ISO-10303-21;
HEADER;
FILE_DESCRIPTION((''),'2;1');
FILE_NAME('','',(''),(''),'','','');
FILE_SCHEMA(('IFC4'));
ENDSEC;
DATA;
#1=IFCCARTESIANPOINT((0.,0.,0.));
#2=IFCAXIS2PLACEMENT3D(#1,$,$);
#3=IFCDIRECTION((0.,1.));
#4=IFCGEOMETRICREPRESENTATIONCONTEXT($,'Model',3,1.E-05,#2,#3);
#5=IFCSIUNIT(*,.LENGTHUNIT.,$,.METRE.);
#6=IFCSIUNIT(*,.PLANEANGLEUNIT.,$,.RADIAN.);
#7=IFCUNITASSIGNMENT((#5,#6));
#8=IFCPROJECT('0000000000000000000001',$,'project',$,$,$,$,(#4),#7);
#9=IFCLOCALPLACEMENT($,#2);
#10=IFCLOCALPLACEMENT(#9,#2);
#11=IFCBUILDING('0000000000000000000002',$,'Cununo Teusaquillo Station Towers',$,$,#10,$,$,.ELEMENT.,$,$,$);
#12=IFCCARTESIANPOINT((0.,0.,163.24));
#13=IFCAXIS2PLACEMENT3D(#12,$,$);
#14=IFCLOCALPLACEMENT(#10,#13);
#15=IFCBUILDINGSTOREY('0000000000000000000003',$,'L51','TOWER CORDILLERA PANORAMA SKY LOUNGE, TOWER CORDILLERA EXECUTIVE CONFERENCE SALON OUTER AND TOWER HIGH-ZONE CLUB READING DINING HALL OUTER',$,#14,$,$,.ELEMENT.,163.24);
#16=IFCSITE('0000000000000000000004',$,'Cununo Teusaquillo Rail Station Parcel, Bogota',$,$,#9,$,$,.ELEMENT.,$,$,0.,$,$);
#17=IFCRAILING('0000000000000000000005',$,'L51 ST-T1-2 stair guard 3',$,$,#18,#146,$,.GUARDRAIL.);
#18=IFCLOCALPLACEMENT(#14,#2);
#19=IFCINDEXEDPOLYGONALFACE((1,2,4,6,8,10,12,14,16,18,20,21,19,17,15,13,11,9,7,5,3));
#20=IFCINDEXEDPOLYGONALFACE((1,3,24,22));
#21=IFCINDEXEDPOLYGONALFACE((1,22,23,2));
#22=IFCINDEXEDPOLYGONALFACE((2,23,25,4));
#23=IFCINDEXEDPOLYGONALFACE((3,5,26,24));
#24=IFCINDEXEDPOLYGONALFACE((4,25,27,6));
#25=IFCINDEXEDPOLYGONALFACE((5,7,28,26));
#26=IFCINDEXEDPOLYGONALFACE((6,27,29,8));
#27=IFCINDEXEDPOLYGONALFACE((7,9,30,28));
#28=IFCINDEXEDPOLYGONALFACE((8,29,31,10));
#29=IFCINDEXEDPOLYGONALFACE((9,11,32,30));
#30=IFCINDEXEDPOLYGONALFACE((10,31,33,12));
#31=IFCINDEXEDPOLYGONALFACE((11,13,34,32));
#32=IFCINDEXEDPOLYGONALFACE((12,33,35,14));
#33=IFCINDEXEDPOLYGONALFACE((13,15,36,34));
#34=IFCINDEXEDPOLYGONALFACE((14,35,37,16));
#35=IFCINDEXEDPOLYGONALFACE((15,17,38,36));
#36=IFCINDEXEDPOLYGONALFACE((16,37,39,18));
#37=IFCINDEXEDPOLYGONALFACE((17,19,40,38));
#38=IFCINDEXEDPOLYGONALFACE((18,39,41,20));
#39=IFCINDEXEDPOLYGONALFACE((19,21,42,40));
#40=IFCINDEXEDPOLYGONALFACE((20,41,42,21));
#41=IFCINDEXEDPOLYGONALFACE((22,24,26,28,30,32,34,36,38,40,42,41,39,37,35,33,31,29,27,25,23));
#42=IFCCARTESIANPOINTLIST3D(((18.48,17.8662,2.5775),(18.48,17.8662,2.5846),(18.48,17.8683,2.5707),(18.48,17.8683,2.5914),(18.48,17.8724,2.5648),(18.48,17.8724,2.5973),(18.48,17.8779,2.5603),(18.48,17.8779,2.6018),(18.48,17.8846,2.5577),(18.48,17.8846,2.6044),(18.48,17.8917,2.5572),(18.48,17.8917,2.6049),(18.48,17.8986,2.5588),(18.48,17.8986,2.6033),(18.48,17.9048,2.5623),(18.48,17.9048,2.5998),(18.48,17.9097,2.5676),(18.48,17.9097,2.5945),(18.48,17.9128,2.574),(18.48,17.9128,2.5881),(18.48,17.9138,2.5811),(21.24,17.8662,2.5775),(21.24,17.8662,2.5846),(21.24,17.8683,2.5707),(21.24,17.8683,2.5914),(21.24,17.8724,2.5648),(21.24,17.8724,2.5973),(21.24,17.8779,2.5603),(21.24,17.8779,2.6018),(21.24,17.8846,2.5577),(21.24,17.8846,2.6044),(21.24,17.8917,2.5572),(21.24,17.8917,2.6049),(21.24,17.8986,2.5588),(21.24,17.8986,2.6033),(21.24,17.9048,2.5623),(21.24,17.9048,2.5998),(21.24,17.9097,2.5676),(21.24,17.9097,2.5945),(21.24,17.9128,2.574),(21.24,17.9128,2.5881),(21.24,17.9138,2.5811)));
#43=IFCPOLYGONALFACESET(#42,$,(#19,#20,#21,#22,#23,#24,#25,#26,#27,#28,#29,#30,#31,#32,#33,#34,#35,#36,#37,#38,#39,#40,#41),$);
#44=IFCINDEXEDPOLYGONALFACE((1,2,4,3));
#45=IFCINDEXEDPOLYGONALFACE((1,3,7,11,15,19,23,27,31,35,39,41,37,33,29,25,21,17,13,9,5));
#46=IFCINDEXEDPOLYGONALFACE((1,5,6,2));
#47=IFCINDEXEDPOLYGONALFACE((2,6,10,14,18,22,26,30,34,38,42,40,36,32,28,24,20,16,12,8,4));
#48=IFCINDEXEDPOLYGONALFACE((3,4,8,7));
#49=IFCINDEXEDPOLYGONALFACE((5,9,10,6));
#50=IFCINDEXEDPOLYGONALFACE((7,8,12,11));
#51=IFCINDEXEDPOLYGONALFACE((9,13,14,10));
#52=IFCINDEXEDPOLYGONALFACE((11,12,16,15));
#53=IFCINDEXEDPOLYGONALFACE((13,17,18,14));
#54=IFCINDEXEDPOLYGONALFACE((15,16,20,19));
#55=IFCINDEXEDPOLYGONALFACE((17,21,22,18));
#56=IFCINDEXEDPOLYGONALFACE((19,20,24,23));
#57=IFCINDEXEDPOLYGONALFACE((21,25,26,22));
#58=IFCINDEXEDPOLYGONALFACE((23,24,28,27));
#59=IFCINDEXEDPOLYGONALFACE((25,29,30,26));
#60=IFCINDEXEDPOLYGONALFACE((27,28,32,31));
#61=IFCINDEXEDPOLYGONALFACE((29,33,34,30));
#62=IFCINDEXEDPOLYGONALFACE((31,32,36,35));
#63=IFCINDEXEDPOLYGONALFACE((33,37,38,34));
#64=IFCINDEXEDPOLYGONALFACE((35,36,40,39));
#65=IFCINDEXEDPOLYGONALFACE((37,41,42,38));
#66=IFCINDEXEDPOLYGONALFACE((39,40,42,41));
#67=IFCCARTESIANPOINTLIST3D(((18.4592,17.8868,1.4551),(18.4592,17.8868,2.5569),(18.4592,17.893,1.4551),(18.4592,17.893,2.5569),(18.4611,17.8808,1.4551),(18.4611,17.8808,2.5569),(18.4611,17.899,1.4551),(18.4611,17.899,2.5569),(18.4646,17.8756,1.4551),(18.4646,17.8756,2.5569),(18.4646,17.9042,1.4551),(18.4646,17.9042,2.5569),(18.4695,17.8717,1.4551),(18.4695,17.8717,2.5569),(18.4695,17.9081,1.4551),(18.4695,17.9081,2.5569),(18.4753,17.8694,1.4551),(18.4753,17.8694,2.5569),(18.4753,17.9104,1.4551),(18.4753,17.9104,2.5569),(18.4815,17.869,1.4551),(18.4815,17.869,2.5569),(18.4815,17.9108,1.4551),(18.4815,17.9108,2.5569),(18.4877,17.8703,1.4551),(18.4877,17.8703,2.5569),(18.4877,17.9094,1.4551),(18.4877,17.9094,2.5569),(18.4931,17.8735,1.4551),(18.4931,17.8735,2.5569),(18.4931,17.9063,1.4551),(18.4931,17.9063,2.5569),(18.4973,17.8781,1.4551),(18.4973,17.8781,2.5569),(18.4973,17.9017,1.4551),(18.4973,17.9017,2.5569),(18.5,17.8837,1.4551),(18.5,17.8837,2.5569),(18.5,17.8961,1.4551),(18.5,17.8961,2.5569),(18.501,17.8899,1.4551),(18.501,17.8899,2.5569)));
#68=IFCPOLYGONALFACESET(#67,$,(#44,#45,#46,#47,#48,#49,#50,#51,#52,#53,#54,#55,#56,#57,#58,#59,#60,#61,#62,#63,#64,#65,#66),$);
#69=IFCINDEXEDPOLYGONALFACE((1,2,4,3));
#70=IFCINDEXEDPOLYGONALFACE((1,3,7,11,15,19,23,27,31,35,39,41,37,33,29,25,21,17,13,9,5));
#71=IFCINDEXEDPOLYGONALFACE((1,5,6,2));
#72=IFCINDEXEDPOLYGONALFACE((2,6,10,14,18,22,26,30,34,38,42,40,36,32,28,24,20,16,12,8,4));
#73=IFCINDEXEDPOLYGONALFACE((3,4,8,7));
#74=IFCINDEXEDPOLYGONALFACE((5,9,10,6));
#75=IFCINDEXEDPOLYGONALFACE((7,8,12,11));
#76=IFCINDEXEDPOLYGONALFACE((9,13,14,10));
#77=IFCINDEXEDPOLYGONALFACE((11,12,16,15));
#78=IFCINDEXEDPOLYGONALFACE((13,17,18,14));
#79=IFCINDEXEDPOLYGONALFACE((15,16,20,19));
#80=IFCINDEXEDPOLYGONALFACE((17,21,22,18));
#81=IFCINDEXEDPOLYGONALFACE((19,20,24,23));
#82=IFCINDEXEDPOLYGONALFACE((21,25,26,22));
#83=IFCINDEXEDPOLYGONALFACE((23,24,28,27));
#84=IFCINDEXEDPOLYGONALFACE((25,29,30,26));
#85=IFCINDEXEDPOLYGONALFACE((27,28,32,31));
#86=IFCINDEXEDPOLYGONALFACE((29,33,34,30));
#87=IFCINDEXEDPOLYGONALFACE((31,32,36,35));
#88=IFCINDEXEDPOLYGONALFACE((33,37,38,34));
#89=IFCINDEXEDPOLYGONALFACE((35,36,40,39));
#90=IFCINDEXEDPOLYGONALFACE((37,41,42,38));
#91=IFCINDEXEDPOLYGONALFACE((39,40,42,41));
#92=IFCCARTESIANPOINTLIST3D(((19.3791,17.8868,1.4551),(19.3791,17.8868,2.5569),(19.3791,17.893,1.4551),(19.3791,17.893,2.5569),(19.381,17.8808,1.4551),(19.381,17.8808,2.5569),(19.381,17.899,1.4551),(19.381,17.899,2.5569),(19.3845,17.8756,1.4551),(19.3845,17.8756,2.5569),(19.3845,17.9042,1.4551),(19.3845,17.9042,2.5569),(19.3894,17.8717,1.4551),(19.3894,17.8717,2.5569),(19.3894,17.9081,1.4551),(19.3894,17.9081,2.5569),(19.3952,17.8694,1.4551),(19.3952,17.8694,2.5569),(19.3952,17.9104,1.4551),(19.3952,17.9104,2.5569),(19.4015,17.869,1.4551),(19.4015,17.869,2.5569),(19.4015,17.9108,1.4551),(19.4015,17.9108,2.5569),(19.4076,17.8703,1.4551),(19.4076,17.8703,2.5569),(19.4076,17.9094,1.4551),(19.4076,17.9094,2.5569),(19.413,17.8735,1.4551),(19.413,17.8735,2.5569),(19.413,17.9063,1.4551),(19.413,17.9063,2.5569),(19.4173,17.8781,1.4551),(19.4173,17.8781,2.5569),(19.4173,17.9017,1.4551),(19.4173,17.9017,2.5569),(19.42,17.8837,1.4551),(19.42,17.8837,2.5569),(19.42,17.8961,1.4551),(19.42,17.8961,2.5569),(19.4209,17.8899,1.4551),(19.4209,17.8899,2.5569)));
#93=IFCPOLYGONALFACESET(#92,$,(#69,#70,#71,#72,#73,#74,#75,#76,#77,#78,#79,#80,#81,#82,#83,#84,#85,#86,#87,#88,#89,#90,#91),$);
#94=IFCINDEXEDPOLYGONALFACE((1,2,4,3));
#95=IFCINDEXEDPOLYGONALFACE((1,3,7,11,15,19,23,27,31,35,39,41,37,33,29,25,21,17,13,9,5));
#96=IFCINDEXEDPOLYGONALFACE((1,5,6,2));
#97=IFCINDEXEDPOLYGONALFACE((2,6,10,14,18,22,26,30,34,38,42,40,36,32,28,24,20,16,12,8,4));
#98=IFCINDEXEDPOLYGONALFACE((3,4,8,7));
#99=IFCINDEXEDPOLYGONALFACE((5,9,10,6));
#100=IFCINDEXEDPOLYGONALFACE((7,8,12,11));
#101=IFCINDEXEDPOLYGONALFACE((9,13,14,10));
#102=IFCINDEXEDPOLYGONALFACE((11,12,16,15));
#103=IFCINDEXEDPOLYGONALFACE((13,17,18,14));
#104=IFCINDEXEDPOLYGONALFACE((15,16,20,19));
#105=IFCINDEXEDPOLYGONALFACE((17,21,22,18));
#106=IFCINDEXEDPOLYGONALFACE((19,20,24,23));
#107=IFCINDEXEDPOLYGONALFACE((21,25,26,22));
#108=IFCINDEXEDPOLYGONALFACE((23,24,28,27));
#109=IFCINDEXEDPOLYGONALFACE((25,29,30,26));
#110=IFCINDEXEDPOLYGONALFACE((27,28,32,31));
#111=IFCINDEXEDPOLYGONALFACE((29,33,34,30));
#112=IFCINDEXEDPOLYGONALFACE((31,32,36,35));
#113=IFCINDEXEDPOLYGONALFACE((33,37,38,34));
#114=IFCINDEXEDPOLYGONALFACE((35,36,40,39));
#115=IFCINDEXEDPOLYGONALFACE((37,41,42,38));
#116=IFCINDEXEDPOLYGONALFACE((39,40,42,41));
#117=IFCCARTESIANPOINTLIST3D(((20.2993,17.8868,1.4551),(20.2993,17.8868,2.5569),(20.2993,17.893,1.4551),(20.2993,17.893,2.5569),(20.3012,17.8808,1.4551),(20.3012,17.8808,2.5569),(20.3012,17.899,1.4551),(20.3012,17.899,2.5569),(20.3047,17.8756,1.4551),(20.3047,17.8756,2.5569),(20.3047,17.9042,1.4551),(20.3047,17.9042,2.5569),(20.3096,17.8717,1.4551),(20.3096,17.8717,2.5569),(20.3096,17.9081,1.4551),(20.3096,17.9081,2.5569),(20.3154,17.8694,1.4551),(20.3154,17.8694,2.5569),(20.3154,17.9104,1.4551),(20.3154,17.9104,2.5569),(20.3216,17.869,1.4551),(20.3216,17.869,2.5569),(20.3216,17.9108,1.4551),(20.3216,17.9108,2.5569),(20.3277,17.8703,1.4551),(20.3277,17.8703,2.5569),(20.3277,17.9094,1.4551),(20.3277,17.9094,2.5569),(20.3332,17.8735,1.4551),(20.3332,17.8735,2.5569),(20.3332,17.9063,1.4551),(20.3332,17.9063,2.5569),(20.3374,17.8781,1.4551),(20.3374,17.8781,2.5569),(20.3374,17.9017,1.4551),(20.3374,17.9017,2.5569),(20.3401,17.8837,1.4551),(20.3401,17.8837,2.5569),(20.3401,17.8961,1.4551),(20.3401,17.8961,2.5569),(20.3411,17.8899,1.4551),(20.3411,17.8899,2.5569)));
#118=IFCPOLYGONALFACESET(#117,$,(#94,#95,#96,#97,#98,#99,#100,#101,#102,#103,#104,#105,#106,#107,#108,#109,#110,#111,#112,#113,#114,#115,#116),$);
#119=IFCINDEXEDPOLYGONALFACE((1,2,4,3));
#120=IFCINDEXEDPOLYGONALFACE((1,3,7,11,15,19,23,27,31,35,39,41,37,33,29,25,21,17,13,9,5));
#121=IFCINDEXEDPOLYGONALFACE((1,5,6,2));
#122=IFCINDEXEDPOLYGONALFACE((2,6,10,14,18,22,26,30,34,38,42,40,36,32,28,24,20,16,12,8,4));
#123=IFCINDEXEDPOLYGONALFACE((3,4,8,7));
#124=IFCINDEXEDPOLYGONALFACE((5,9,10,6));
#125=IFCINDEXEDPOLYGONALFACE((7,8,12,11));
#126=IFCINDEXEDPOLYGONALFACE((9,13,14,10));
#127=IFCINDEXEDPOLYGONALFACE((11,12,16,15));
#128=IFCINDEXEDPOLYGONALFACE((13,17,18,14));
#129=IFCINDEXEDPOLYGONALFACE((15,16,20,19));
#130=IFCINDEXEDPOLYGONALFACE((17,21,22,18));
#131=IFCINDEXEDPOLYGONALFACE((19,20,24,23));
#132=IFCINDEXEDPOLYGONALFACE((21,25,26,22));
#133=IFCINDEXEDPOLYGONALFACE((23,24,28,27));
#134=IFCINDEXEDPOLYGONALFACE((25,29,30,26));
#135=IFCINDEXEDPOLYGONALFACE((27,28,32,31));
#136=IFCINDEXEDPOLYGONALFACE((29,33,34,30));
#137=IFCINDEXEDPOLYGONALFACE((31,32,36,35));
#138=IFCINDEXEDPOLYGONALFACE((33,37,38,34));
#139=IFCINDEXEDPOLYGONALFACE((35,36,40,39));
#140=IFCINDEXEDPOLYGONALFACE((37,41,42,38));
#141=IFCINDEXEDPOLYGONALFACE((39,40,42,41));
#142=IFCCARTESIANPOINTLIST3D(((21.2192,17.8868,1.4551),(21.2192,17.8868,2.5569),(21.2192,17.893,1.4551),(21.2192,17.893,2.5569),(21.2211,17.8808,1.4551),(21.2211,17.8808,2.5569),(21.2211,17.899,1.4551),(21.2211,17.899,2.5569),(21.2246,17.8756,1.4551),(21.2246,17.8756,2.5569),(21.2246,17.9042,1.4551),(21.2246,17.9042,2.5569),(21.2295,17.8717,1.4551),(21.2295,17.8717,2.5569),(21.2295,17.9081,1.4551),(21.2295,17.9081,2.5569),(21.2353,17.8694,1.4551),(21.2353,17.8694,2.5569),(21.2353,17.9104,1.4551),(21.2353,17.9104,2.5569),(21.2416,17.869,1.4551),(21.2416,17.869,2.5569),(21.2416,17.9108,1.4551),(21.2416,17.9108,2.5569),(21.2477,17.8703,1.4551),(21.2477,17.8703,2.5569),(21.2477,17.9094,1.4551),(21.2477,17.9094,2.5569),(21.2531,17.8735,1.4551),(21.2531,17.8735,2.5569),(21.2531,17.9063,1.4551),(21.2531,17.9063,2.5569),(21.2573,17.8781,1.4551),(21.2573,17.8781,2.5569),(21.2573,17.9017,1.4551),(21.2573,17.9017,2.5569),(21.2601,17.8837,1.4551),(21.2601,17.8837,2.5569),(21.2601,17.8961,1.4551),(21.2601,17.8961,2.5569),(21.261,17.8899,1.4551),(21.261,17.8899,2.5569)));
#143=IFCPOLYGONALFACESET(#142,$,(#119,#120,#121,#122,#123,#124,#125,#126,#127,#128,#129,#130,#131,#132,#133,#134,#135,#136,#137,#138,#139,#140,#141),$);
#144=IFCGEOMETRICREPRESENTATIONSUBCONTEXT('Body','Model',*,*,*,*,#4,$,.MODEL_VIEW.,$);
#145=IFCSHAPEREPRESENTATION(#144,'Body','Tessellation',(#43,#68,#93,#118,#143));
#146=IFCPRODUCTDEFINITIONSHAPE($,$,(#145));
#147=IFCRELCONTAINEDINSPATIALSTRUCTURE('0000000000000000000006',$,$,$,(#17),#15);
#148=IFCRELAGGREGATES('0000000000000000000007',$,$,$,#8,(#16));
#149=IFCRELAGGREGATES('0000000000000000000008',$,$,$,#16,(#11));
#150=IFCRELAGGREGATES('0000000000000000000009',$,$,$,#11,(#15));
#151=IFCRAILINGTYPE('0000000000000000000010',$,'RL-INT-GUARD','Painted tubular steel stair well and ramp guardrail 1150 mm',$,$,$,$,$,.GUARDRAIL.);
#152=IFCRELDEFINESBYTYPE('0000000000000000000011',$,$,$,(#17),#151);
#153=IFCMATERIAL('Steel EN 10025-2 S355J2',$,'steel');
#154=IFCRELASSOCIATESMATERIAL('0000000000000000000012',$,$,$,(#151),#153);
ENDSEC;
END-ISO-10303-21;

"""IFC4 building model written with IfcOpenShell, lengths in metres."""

from ifc_helpers import new_model, si_unit, direction, frame, origin, origin_2d, place, context, subcontext, project, spatial, circle, extrude, material, type_object, element, save


model = new_model("IFC4")

# Units and contexts
model_context = context("Model", 3, precision=1e-05, world=origin(), true_north=direction((0.0, 1.0)))
body_context = subcontext(model_context, "Body", "Model", "MODEL_VIEW")
ifc_project = project(units=[si_unit("LENGTHUNIT", "METRE"), si_unit("PLANEANGLEUNIT", "RADIAN")], contexts=[model_context])

# Site, building, storey
site_placement = place(None, origin())
site = spatial("IfcSite", under=ifc_project, at=site_placement, Name="Cununo Teusaquillo Rail Station Parcel, Bogota", CompositionType="ELEMENT", RefElevation=0.0)
building_placement = place(site_placement, origin())
building = spatial("IfcBuilding", under=site, at=building_placement, Name="Cununo Teusaquillo Station Towers", CompositionType="ELEMENT")
storey_placement = place(building_placement, frame((0.0, 0.0, 163.24)))
storey = spatial("IfcBuildingStorey", under=building, at=storey_placement, Name="L51", Description="TOWER CORDILLERA PANORAMA SKY LOUNGE, TOWER CORDILLERA EXECUTIVE CONFERENCE SALON OUTER AND TOWER HIGH-ZONE CLUB READING DINING HALL OUTER", CompositionType="ELEMENT", Elevation=163.24)

# Railing
ifc_material_1 = material(Name="Steel EN 10025-2 S355J2", Category="steel")
railing_type_1 = type_object("IfcRailingType", Name="RL-INT-GUARD", Description="Painted tubular steel stair well and ramp guardrail 1150 mm", PredefinedType="GUARDRAIL", material=ifc_material_1)
railing_1_placement = place(storey_placement, frame((18.48, 17.8899, 1.4551)))
element("IfcRailing", 1, at=railing_1_placement, inside=storey, type_object=railing_type_1, Name="L51 ST-T1-2 stair guard 3", PredefinedType="GUARDRAIL", context=body_context, shape_type="SweptSolid", body=[
    extrude(circle(Radius=0.0239, at=origin_2d()), frame((0.0, 0.0, 1.126), z_axis=(1.0, 0.0, 0.0), x_axis=(0.0, 1.0, 0.0)), (0.0, 0.0, 1.0), 2.76),
    extrude(circle(Radius=0.021, at=origin_2d()), origin(), (0.0, 0.0, 1.0), 1.1018),
    extrude(circle(Radius=0.021, at=origin_2d()), frame((0.9199, 0.0, 0.0)), (0.0, 0.0, 1.0), 1.1018),
    extrude(circle(Radius=0.021, at=origin_2d()), frame((1.8401, 0.0, 0.0)), (0.0, 0.0, 1.0), 1.1018),
    extrude(circle(Radius=0.021, at=origin_2d()), frame((2.76, 0.0, 0.0)), (0.0, 0.0, 1.0), 1.1018),
])

save(model, "model.ifc")
